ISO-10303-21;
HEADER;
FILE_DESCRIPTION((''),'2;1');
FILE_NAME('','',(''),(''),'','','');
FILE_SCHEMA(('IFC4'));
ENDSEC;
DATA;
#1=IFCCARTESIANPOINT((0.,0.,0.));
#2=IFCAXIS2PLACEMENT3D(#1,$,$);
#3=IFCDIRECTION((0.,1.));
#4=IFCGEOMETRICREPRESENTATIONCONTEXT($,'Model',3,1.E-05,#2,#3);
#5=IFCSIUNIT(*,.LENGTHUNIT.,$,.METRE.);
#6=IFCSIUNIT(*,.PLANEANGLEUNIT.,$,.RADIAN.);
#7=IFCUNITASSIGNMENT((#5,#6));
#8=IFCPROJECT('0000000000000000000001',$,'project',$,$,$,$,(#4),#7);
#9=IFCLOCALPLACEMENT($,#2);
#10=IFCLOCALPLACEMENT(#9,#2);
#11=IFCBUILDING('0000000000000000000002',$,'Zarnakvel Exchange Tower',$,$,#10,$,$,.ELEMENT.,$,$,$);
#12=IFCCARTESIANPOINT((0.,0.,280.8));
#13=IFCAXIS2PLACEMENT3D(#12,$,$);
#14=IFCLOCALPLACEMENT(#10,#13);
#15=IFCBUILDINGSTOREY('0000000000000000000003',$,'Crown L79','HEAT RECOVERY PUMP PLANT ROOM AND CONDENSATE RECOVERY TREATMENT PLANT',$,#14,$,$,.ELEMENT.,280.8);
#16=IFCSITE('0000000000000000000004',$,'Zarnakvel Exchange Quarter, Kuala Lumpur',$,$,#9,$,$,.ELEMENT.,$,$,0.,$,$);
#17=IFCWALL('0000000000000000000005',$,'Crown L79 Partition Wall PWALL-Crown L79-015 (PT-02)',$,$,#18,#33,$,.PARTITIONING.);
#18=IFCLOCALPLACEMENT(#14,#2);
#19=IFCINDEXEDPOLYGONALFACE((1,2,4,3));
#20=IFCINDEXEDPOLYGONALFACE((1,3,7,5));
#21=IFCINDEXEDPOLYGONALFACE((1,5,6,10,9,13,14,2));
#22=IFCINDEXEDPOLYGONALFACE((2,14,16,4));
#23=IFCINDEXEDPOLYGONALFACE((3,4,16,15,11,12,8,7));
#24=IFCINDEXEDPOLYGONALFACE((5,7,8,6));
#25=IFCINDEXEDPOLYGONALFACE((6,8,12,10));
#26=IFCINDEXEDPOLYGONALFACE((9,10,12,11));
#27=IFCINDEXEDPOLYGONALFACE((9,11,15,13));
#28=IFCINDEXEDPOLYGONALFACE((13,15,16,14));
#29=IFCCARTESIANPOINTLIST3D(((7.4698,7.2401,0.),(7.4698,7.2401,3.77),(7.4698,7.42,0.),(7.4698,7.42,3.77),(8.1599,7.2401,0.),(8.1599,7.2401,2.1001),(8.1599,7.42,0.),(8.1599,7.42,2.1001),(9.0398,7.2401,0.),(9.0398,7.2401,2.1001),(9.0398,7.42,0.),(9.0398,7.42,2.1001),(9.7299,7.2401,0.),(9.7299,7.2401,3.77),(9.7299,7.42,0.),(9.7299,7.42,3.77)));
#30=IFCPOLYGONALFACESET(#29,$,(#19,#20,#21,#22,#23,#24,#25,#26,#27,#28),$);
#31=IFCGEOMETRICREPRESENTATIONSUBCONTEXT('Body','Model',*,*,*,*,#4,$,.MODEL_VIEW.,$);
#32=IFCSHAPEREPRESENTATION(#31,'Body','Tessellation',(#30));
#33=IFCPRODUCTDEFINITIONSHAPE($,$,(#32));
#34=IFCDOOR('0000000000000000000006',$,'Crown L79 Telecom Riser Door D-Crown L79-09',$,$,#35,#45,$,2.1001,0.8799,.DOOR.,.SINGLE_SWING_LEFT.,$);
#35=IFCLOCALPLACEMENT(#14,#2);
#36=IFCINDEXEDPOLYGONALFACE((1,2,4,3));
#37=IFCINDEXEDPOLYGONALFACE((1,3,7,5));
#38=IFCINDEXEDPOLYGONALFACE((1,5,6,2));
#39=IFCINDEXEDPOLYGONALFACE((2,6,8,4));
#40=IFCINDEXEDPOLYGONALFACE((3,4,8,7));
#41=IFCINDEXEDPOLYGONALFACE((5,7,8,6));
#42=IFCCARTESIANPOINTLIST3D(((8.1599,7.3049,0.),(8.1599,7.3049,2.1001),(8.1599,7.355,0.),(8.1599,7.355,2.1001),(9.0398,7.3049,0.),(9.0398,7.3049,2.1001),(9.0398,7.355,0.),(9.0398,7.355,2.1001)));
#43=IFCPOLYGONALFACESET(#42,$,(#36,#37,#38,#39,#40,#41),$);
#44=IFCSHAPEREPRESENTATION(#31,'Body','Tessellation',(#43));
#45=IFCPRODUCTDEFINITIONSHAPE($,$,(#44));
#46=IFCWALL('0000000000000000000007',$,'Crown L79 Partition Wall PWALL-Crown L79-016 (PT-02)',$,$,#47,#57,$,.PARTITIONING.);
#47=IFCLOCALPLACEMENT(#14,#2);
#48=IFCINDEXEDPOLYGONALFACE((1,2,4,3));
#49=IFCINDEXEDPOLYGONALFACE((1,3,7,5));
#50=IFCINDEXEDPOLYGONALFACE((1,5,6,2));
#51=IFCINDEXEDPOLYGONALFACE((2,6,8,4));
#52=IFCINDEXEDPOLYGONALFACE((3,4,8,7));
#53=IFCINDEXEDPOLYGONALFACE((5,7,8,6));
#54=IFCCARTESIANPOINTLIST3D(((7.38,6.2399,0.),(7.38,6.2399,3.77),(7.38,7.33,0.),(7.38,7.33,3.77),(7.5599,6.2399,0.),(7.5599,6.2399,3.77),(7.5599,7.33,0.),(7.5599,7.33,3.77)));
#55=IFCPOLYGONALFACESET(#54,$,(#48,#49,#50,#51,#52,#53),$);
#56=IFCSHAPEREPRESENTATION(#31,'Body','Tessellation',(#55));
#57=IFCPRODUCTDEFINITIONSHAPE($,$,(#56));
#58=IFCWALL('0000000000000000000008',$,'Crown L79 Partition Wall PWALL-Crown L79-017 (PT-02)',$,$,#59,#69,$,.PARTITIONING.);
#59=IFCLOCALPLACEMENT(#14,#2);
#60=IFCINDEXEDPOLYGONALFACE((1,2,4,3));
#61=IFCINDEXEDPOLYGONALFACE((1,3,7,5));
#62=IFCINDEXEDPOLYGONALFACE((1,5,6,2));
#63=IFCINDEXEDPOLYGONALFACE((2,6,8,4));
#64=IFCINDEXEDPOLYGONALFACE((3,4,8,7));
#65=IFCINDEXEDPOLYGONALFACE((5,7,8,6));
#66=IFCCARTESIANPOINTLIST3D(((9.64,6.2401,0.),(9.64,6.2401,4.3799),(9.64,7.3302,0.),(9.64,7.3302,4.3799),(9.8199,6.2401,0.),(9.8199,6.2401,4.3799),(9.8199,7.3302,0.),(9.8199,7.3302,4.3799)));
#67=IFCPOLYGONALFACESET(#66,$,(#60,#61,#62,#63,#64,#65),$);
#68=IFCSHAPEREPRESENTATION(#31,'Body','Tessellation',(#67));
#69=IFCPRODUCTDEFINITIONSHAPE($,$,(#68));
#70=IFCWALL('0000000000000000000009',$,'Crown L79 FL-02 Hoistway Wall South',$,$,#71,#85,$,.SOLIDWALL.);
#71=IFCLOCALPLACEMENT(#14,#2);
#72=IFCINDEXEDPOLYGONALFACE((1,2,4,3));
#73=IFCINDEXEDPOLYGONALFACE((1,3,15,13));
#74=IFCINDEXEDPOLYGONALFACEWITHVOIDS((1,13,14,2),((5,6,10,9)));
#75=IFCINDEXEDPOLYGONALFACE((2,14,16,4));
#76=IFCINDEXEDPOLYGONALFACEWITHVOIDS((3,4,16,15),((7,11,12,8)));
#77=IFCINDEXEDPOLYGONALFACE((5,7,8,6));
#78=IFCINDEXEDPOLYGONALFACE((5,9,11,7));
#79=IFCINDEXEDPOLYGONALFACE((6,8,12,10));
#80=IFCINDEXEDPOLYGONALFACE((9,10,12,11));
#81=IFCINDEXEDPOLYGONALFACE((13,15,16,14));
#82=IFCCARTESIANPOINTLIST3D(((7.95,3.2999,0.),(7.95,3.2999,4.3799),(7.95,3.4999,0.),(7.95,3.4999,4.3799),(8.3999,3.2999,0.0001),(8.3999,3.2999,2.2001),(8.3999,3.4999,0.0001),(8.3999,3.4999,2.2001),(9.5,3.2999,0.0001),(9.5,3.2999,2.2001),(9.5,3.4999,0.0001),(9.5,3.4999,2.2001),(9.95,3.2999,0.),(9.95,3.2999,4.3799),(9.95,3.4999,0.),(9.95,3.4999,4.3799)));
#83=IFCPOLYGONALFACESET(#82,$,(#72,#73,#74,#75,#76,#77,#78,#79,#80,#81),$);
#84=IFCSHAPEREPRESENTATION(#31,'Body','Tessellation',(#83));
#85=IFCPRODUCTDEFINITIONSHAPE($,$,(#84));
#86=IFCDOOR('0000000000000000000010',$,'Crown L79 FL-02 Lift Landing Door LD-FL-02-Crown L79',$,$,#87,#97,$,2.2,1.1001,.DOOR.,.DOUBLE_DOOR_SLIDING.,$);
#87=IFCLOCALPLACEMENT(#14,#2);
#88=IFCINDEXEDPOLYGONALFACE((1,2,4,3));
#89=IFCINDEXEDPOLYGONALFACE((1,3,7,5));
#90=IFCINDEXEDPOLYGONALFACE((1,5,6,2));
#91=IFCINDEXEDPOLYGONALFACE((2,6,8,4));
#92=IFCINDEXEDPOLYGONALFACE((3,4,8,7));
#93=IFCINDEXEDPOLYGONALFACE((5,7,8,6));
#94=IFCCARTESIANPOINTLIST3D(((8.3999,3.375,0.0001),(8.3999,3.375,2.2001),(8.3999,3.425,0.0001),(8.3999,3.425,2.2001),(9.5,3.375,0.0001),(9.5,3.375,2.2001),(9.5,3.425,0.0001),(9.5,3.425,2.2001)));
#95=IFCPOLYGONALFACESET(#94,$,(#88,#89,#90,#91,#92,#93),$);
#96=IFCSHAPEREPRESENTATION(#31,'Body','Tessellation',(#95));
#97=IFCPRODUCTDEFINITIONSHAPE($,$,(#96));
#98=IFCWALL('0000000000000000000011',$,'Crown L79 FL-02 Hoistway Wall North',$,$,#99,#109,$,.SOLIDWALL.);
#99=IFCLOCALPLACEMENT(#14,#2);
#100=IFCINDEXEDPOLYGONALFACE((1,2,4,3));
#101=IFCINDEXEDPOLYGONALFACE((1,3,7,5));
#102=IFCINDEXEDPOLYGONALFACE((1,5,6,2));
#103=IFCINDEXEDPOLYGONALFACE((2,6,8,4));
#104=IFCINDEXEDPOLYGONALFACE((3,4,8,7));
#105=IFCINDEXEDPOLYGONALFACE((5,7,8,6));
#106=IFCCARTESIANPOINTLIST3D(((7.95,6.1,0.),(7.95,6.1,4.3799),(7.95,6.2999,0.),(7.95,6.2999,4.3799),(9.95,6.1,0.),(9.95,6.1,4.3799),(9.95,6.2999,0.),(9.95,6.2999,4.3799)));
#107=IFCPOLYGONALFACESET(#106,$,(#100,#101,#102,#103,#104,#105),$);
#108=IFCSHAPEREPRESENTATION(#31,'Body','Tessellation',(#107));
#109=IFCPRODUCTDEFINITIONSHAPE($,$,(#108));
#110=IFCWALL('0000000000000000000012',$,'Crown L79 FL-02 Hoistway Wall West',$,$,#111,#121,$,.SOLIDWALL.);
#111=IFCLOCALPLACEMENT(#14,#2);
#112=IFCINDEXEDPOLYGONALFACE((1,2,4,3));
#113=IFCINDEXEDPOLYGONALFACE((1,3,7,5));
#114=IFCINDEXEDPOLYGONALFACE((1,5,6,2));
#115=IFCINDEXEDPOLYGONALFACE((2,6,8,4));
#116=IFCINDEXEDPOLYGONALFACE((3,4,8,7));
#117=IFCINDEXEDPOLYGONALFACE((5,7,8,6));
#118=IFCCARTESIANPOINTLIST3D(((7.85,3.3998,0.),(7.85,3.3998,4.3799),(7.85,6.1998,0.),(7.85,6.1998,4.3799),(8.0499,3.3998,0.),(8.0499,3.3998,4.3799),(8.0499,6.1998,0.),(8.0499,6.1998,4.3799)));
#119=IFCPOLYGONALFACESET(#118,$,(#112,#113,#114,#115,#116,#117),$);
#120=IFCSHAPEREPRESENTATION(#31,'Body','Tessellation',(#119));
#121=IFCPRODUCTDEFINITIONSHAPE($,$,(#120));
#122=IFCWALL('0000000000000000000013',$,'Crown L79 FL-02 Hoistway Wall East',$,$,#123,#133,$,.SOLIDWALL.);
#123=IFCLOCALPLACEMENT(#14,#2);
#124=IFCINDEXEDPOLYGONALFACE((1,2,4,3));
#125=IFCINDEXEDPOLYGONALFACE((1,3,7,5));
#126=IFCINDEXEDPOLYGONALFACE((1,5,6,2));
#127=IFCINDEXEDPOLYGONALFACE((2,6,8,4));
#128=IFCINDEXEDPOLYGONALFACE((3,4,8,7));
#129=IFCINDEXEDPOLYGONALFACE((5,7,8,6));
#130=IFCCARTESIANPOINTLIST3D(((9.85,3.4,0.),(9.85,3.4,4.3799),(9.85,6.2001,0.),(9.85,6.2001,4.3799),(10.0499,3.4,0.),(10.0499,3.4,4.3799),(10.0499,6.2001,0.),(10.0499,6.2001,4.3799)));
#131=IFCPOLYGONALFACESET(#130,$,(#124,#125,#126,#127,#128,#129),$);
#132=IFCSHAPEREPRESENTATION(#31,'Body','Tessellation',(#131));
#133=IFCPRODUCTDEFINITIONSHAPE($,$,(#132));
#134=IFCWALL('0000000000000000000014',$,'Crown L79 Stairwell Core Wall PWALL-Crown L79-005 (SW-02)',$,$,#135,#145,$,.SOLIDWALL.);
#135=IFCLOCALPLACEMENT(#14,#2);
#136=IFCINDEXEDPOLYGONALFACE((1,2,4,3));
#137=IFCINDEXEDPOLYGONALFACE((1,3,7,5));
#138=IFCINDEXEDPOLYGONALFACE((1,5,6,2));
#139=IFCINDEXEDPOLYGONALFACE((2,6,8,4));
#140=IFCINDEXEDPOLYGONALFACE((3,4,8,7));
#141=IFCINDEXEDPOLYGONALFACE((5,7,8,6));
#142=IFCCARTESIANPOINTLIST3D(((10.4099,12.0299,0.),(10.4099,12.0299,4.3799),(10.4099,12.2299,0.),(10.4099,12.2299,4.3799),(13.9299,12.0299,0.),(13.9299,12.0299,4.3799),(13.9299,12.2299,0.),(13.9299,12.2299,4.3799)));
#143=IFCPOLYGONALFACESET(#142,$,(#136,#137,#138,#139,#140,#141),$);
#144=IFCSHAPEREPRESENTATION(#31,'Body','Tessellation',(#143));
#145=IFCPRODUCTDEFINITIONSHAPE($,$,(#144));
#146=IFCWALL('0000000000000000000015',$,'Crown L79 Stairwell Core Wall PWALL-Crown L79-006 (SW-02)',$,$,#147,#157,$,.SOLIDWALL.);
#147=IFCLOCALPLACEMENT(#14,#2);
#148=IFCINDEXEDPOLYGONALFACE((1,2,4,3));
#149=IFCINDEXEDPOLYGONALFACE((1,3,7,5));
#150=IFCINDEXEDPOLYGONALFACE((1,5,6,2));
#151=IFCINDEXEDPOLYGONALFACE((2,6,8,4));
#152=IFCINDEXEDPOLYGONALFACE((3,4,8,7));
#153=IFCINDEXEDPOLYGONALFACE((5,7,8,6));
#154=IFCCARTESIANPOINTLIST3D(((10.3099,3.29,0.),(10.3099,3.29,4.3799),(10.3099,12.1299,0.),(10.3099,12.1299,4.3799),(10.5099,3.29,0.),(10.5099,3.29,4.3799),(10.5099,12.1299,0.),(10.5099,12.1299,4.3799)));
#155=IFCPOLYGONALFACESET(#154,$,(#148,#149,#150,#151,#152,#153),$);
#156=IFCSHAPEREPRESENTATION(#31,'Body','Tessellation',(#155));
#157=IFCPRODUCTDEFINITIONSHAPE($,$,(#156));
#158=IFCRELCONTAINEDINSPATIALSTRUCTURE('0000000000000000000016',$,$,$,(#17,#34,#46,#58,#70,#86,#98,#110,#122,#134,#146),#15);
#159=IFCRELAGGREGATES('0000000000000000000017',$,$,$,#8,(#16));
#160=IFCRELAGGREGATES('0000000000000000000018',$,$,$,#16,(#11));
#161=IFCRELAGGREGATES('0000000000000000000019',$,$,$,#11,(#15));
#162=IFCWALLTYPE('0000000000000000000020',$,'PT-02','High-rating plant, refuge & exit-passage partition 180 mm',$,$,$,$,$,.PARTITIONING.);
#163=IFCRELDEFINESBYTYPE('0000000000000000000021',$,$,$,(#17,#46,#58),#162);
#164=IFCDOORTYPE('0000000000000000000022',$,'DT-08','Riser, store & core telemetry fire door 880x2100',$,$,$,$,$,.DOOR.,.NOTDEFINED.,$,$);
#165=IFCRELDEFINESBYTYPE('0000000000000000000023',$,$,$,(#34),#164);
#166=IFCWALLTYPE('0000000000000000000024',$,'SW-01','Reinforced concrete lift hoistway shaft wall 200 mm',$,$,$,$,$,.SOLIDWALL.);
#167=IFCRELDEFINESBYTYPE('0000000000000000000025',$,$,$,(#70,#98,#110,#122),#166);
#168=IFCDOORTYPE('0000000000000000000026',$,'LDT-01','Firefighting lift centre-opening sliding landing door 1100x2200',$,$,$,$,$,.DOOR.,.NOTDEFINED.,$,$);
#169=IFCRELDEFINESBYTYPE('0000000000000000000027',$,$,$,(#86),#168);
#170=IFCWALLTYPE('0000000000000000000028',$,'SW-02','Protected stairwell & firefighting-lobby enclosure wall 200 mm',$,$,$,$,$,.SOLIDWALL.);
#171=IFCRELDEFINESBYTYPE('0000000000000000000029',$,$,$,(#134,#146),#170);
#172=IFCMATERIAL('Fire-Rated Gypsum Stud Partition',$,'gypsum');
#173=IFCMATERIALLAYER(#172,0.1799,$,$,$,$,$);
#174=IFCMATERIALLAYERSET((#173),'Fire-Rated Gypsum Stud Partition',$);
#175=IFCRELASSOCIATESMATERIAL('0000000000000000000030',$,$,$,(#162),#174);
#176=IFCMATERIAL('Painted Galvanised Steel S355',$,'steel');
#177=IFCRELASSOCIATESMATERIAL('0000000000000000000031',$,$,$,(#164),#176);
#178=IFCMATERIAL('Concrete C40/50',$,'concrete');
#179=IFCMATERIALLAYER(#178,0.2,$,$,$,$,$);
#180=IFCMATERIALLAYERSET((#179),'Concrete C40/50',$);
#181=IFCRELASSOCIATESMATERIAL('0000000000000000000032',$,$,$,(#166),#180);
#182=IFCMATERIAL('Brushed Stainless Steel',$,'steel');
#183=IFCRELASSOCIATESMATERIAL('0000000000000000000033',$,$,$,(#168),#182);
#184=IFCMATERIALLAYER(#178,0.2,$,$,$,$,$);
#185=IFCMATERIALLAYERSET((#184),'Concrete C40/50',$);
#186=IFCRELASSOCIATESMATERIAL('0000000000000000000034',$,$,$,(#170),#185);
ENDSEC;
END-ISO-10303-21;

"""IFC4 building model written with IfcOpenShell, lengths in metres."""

from ifc_helpers import new_model, si_unit, direction, frame, frame_2d, origin, place, context, subcontext, project, spatial, rectangle, extrude, source, transform, mapped, material, layer, layer_set, type_object, element, fill, save


model = new_model("IFC4")

# Units and contexts
model_context = context("Model", 3, precision=1e-05, world=origin(), true_north=direction((0.0, 1.0)))
body_context = subcontext(model_context, "Body", "Model", "MODEL_VIEW")
ifc_project = project(units=[si_unit("LENGTHUNIT", "METRE"), si_unit("PLANEANGLEUNIT", "RADIAN")], contexts=[model_context])

# Site, building, storey
site_placement = place(None, origin())
site = spatial("IfcSite", under=ifc_project, at=site_placement, Name="Zarnakvel Exchange Quarter, Kuala Lumpur", CompositionType="ELEMENT", RefElevation=0.0)
building_placement = place(site_placement, origin())
building = spatial("IfcBuilding", under=site, at=building_placement, Name="Zarnakvel Exchange Tower", CompositionType="ELEMENT")
storey_placement = place(building_placement, frame((0.0, 0.0, 280.8)))
storey = spatial("IfcBuildingStorey", under=building, at=storey_placement, Name="Crown L79", Description="HEAT RECOVERY PUMP PLANT ROOM AND CONDENSATE RECOVERY TREATMENT PLANT", CompositionType="ELEMENT", Elevation=280.8)

# Shared definitions
ifc_material_1 = material(Name="Fire-Rated Gypsum Stud Partition", Category="gypsum")
ifc_layer_1 = layer(ifc_material_1, 0.1799)
ifc_layer_set_1 = layer_set([ifc_layer_1], Name="Fire-Rated Gypsum Stud Partition")
wall_type_1 = type_object("IfcWallType", Name="PT-02", Description="High-rating plant, refuge & exit-passage partition 180 mm", PredefinedType="PARTITIONING", material=ifc_layer_set_1)
ifc_material_2 = material(Name="Painted Galvanised Steel S355", Category="steel")

# Wall, opening, door
wall_1_placement = place(storey_placement, frame((7.47, 7.3301, 0.0), z_axis=(0.0, 0.0, 1.0), x_axis=(1.0, 0.0, 0.0)))
wall_1 = element("IfcWall", 1, at=wall_1_placement, inside=storey, type_object=wall_type_1, Name="Crown L79 Partition Wall PWALL-Crown L79-015 (PT-02)", PredefinedType="PARTITIONING", context=body_context, shape_type="SweptSolid", body=[
    extrude(rectangle(XDim=2.26, YDim=0.1799, at=frame_2d((1.1299, 0.0))), origin(), (0.0, 0.0, 1.0), 3.77),
])
opening_1_placement = place(wall_1_placement, frame((0.6899, 0.0, 0.0)))
opening_1 = element("IfcOpeningElement", 2, at=opening_1_placement, cuts=wall_1, PredefinedType="OPENING", context=body_context, shape_type="SweptSolid", body=[
    extrude(rectangle(XDim=0.8799, YDim=2.1001, at=frame_2d((0.4399, 1.05))), frame((0.0, 0.0999, 0.0), z_axis=(0.0, -1.0, 0.0), x_axis=(1.0, 0.0, 0.0)), (0.0, 0.0, 1.0), 0.2),
])
door_type_1 = type_object("IfcDoorType", Name="DT-08", Description="Riser, store & core telemetry fire door 880x2100", OperationType="NOTDEFINED", PredefinedType="DOOR", material=ifc_material_2)
shared_shape_1 = source(origin(), body_context, "Body", "SweptSolid", [
    extrude(rectangle(XDim=0.8799, YDim=2.1001, at=frame_2d((0.4399, 1.05))), frame((0.0, 0.0249, 0.0), z_axis=(0.0, -1.0, 0.0), x_axis=(1.0, 0.0, 0.0)), (0.0, 0.0, 1.0), 0.05),
])
door_1_placement = place(opening_1_placement, origin())
door_1 = element("IfcDoor", 3, at=door_1_placement, inside=storey, type_object=door_type_1, Name="Crown L79 Telecom Riser Door D-Crown L79-09", OperationType="SINGLE_SWING_LEFT", OverallHeight=2.1001, OverallWidth=0.8799, PredefinedType="DOOR", context=body_context, shape_type="MappedRepresentation", body=[
    mapped(shared_shape_1, transform((0.0, 0.0, 0.0), x_axis=(1.0, 0.0, 0.0), y_axis=(0.0, 1.0, 0.0), z_axis=(0.0, 0.0, 1.0), scale=1.0)),
])
fill(opening_1, door_1)

# Walls
wall_2_placement = place(storey_placement, frame((7.47, 6.24, 0.0), z_axis=(0.0, 0.0, 1.0), x_axis=(0.0, 1.0, 0.0)))
element("IfcWall", 4, at=wall_2_placement, inside=storey, type_object=wall_type_1, Name="Crown L79 Partition Wall PWALL-Crown L79-016 (PT-02)", PredefinedType="PARTITIONING", context=body_context, shape_type="SweptSolid", body=[
    extrude(rectangle(XDim=1.0901, YDim=0.1799, at=frame_2d((0.5449, 0.0))), origin(), (0.0, 0.0, 1.0), 3.77),
])
wall_3_placement = place(storey_placement, frame((9.73, 7.3301, 0.0), z_axis=(0.0, 0.0, 1.0), x_axis=(0.0, -1.0, 0.0)))
element("IfcWall", 5, at=wall_3_placement, inside=storey, type_object=wall_type_1, Name="Crown L79 Partition Wall PWALL-Crown L79-017 (PT-02)", PredefinedType="PARTITIONING", context=body_context, shape_type="SweptSolid", body=[
    extrude(rectangle(XDim=1.0901, YDim=0.1799, at=frame_2d((0.5449, 0.0))), origin(), (0.0, 0.0, 1.0), 4.3799),
])

# Wall, opening, door
ifc_material_3 = material(Name="Concrete C40/50", Category="concrete")
ifc_layer_2 = layer(ifc_material_3, 0.2)
ifc_layer_set_2 = layer_set([ifc_layer_2], Name="Concrete C40/50")
wall_type_2 = type_object("IfcWallType", Name="SW-01", Description="Reinforced concrete lift hoistway shaft wall 200 mm", PredefinedType="SOLIDWALL", material=ifc_layer_set_2)
wall_4_placement = place(storey_placement, frame((9.95, 3.3999, 0.0), z_axis=(0.0, 0.0, 1.0), x_axis=(-1.0, 0.0, 0.0)))
wall_4 = element("IfcWall", 6, at=wall_4_placement, inside=storey, type_object=wall_type_2, Name="Crown L79 FL-02 Hoistway Wall South", PredefinedType="SOLIDWALL", context=body_context, shape_type="SweptSolid", body=[
    extrude(rectangle(XDim=2.0, YDim=0.2, at=frame_2d((1.0, 0.0))), origin(), (0.0, 0.0, 1.0), 4.3799),
])
opening_2_placement = place(wall_4_placement, frame((0.45, 0.0, 0.0)))
opening_2 = element("IfcOpeningElement", 7, at=opening_2_placement, cuts=wall_4, PredefinedType="OPENING", context=body_context, shape_type="SweptSolid", body=[
    extrude(rectangle(XDim=1.1001, YDim=2.2, at=frame_2d((0.55, 1.1001))), frame((0.0, 0.1099, 0.0), z_axis=(0.0, -1.0, 0.0), x_axis=(1.0, 0.0, 0.0)), (0.0, 0.0, 1.0), 0.22),
])
ifc_material_4 = material(Name="Brushed Stainless Steel", Category="steel")
door_type_2 = type_object("IfcDoorType", Name="LDT-01", Description="Firefighting lift centre-opening sliding landing door 1100x2200", OperationType="NOTDEFINED", PredefinedType="DOOR", material=ifc_material_4)
shared_shape_2 = source(origin(), body_context, "Body", "SweptSolid", [
    extrude(rectangle(XDim=1.1001, YDim=2.2, at=frame_2d((0.55, 1.1001))), frame((0.0, 0.0249, 0.0), z_axis=(0.0, -1.0, 0.0), x_axis=(1.0, 0.0, 0.0)), (0.0, 0.0, 1.0), 0.05),
])
door_2_placement = place(opening_2_placement, origin())
door_2 = element("IfcDoor", 8, at=door_2_placement, inside=storey, type_object=door_type_2, Name="Crown L79 FL-02 Lift Landing Door LD-FL-02-Crown L79", OperationType="DOUBLE_DOOR_SLIDING", OverallHeight=2.2, OverallWidth=1.1001, PredefinedType="DOOR", context=body_context, shape_type="MappedRepresentation", body=[
    mapped(shared_shape_2, transform((0.0, 0.0, 0.0), x_axis=(1.0, 0.0, 0.0), y_axis=(0.0, 1.0, 0.0), z_axis=(0.0, 0.0, 1.0), scale=1.0)),
])
fill(opening_2, door_2)

# Walls
wall_5_placement = place(storey_placement, frame((7.95, 6.2, 0.0), z_axis=(0.0, 0.0, 1.0), x_axis=(1.0, 0.0, 0.0)))
element("IfcWall", 9, at=wall_5_placement, inside=storey, type_object=wall_type_2, Name="Crown L79 FL-02 Hoistway Wall North", PredefinedType="SOLIDWALL", context=body_context, shape_type="SweptSolid", body=[
    extrude(rectangle(XDim=2.0, YDim=0.2, at=frame_2d((1.0, 0.0))), origin(), (0.0, 0.0, 1.0), 4.3799),
])
for number, where, z_axis, x_axis, name in (
    (10, (7.95, 3.3999, 0.0), (0.0, 0.0, 1.0), (0.0, 1.0, 0.0), "Crown L79 FL-02 Hoistway Wall West"),
    (11, (9.95, 6.2, 0.0), (0.0, 0.0, 1.0), (0.0, -1.0, 0.0), "Crown L79 FL-02 Hoistway Wall East"),
):
    element("IfcWall", number, at=place(storey_placement, frame(where, z_axis=z_axis, x_axis=x_axis)), inside=storey, type_object=wall_type_2, Name=name, PredefinedType="SOLIDWALL", context=body_context, shape_type="SweptSolid", body=[
        extrude(rectangle(XDim=2.8, YDim=0.2, at=frame_2d((1.3999, 0.0))), origin(), (0.0, 0.0, 1.0), 4.3799),
    ])
ifc_layer_3 = layer(ifc_material_3, 0.2)
ifc_layer_set_3 = layer_set([ifc_layer_3], Name="Concrete C40/50")
wall_type_3 = type_object("IfcWallType", Name="SW-02", Description="Protected stairwell & firefighting-lobby enclosure wall 200 mm", PredefinedType="SOLIDWALL", material=ifc_layer_set_3)
wall_6_placement = place(storey_placement, frame((10.4099, 12.1299, 0.0), z_axis=(0.0, 0.0, 1.0), x_axis=(1.0, 0.0, 0.0)))
element("IfcWall", 12, at=wall_6_placement, inside=storey, type_object=wall_type_3, Name="Crown L79 Stairwell Core Wall PWALL-Crown L79-005 (SW-02)", PredefinedType="SOLIDWALL", context=body_context, shape_type="SweptSolid", body=[
    extrude(rectangle(XDim=3.52, YDim=0.2, at=frame_2d((1.76, 0.0))), origin(), (0.0, 0.0, 1.0), 4.3799),
])
wall_7_placement = place(storey_placement, frame((10.4099, 3.29, 0.0), z_axis=(0.0, 0.0, 1.0), x_axis=(0.0, 1.0, 0.0)))
element("IfcWall", 13, at=wall_7_placement, inside=storey, type_object=wall_type_3, Name="Crown L79 Stairwell Core Wall PWALL-Crown L79-006 (SW-02)", PredefinedType="SOLIDWALL", context=body_context, shape_type="SweptSolid", body=[
    extrude(rectangle(XDim=8.8398, YDim=0.2, at=frame_2d((4.4199, 0.0))), origin(), (0.0, 0.0, 1.0), 4.3799),
])

save(model, "model.ifc")
